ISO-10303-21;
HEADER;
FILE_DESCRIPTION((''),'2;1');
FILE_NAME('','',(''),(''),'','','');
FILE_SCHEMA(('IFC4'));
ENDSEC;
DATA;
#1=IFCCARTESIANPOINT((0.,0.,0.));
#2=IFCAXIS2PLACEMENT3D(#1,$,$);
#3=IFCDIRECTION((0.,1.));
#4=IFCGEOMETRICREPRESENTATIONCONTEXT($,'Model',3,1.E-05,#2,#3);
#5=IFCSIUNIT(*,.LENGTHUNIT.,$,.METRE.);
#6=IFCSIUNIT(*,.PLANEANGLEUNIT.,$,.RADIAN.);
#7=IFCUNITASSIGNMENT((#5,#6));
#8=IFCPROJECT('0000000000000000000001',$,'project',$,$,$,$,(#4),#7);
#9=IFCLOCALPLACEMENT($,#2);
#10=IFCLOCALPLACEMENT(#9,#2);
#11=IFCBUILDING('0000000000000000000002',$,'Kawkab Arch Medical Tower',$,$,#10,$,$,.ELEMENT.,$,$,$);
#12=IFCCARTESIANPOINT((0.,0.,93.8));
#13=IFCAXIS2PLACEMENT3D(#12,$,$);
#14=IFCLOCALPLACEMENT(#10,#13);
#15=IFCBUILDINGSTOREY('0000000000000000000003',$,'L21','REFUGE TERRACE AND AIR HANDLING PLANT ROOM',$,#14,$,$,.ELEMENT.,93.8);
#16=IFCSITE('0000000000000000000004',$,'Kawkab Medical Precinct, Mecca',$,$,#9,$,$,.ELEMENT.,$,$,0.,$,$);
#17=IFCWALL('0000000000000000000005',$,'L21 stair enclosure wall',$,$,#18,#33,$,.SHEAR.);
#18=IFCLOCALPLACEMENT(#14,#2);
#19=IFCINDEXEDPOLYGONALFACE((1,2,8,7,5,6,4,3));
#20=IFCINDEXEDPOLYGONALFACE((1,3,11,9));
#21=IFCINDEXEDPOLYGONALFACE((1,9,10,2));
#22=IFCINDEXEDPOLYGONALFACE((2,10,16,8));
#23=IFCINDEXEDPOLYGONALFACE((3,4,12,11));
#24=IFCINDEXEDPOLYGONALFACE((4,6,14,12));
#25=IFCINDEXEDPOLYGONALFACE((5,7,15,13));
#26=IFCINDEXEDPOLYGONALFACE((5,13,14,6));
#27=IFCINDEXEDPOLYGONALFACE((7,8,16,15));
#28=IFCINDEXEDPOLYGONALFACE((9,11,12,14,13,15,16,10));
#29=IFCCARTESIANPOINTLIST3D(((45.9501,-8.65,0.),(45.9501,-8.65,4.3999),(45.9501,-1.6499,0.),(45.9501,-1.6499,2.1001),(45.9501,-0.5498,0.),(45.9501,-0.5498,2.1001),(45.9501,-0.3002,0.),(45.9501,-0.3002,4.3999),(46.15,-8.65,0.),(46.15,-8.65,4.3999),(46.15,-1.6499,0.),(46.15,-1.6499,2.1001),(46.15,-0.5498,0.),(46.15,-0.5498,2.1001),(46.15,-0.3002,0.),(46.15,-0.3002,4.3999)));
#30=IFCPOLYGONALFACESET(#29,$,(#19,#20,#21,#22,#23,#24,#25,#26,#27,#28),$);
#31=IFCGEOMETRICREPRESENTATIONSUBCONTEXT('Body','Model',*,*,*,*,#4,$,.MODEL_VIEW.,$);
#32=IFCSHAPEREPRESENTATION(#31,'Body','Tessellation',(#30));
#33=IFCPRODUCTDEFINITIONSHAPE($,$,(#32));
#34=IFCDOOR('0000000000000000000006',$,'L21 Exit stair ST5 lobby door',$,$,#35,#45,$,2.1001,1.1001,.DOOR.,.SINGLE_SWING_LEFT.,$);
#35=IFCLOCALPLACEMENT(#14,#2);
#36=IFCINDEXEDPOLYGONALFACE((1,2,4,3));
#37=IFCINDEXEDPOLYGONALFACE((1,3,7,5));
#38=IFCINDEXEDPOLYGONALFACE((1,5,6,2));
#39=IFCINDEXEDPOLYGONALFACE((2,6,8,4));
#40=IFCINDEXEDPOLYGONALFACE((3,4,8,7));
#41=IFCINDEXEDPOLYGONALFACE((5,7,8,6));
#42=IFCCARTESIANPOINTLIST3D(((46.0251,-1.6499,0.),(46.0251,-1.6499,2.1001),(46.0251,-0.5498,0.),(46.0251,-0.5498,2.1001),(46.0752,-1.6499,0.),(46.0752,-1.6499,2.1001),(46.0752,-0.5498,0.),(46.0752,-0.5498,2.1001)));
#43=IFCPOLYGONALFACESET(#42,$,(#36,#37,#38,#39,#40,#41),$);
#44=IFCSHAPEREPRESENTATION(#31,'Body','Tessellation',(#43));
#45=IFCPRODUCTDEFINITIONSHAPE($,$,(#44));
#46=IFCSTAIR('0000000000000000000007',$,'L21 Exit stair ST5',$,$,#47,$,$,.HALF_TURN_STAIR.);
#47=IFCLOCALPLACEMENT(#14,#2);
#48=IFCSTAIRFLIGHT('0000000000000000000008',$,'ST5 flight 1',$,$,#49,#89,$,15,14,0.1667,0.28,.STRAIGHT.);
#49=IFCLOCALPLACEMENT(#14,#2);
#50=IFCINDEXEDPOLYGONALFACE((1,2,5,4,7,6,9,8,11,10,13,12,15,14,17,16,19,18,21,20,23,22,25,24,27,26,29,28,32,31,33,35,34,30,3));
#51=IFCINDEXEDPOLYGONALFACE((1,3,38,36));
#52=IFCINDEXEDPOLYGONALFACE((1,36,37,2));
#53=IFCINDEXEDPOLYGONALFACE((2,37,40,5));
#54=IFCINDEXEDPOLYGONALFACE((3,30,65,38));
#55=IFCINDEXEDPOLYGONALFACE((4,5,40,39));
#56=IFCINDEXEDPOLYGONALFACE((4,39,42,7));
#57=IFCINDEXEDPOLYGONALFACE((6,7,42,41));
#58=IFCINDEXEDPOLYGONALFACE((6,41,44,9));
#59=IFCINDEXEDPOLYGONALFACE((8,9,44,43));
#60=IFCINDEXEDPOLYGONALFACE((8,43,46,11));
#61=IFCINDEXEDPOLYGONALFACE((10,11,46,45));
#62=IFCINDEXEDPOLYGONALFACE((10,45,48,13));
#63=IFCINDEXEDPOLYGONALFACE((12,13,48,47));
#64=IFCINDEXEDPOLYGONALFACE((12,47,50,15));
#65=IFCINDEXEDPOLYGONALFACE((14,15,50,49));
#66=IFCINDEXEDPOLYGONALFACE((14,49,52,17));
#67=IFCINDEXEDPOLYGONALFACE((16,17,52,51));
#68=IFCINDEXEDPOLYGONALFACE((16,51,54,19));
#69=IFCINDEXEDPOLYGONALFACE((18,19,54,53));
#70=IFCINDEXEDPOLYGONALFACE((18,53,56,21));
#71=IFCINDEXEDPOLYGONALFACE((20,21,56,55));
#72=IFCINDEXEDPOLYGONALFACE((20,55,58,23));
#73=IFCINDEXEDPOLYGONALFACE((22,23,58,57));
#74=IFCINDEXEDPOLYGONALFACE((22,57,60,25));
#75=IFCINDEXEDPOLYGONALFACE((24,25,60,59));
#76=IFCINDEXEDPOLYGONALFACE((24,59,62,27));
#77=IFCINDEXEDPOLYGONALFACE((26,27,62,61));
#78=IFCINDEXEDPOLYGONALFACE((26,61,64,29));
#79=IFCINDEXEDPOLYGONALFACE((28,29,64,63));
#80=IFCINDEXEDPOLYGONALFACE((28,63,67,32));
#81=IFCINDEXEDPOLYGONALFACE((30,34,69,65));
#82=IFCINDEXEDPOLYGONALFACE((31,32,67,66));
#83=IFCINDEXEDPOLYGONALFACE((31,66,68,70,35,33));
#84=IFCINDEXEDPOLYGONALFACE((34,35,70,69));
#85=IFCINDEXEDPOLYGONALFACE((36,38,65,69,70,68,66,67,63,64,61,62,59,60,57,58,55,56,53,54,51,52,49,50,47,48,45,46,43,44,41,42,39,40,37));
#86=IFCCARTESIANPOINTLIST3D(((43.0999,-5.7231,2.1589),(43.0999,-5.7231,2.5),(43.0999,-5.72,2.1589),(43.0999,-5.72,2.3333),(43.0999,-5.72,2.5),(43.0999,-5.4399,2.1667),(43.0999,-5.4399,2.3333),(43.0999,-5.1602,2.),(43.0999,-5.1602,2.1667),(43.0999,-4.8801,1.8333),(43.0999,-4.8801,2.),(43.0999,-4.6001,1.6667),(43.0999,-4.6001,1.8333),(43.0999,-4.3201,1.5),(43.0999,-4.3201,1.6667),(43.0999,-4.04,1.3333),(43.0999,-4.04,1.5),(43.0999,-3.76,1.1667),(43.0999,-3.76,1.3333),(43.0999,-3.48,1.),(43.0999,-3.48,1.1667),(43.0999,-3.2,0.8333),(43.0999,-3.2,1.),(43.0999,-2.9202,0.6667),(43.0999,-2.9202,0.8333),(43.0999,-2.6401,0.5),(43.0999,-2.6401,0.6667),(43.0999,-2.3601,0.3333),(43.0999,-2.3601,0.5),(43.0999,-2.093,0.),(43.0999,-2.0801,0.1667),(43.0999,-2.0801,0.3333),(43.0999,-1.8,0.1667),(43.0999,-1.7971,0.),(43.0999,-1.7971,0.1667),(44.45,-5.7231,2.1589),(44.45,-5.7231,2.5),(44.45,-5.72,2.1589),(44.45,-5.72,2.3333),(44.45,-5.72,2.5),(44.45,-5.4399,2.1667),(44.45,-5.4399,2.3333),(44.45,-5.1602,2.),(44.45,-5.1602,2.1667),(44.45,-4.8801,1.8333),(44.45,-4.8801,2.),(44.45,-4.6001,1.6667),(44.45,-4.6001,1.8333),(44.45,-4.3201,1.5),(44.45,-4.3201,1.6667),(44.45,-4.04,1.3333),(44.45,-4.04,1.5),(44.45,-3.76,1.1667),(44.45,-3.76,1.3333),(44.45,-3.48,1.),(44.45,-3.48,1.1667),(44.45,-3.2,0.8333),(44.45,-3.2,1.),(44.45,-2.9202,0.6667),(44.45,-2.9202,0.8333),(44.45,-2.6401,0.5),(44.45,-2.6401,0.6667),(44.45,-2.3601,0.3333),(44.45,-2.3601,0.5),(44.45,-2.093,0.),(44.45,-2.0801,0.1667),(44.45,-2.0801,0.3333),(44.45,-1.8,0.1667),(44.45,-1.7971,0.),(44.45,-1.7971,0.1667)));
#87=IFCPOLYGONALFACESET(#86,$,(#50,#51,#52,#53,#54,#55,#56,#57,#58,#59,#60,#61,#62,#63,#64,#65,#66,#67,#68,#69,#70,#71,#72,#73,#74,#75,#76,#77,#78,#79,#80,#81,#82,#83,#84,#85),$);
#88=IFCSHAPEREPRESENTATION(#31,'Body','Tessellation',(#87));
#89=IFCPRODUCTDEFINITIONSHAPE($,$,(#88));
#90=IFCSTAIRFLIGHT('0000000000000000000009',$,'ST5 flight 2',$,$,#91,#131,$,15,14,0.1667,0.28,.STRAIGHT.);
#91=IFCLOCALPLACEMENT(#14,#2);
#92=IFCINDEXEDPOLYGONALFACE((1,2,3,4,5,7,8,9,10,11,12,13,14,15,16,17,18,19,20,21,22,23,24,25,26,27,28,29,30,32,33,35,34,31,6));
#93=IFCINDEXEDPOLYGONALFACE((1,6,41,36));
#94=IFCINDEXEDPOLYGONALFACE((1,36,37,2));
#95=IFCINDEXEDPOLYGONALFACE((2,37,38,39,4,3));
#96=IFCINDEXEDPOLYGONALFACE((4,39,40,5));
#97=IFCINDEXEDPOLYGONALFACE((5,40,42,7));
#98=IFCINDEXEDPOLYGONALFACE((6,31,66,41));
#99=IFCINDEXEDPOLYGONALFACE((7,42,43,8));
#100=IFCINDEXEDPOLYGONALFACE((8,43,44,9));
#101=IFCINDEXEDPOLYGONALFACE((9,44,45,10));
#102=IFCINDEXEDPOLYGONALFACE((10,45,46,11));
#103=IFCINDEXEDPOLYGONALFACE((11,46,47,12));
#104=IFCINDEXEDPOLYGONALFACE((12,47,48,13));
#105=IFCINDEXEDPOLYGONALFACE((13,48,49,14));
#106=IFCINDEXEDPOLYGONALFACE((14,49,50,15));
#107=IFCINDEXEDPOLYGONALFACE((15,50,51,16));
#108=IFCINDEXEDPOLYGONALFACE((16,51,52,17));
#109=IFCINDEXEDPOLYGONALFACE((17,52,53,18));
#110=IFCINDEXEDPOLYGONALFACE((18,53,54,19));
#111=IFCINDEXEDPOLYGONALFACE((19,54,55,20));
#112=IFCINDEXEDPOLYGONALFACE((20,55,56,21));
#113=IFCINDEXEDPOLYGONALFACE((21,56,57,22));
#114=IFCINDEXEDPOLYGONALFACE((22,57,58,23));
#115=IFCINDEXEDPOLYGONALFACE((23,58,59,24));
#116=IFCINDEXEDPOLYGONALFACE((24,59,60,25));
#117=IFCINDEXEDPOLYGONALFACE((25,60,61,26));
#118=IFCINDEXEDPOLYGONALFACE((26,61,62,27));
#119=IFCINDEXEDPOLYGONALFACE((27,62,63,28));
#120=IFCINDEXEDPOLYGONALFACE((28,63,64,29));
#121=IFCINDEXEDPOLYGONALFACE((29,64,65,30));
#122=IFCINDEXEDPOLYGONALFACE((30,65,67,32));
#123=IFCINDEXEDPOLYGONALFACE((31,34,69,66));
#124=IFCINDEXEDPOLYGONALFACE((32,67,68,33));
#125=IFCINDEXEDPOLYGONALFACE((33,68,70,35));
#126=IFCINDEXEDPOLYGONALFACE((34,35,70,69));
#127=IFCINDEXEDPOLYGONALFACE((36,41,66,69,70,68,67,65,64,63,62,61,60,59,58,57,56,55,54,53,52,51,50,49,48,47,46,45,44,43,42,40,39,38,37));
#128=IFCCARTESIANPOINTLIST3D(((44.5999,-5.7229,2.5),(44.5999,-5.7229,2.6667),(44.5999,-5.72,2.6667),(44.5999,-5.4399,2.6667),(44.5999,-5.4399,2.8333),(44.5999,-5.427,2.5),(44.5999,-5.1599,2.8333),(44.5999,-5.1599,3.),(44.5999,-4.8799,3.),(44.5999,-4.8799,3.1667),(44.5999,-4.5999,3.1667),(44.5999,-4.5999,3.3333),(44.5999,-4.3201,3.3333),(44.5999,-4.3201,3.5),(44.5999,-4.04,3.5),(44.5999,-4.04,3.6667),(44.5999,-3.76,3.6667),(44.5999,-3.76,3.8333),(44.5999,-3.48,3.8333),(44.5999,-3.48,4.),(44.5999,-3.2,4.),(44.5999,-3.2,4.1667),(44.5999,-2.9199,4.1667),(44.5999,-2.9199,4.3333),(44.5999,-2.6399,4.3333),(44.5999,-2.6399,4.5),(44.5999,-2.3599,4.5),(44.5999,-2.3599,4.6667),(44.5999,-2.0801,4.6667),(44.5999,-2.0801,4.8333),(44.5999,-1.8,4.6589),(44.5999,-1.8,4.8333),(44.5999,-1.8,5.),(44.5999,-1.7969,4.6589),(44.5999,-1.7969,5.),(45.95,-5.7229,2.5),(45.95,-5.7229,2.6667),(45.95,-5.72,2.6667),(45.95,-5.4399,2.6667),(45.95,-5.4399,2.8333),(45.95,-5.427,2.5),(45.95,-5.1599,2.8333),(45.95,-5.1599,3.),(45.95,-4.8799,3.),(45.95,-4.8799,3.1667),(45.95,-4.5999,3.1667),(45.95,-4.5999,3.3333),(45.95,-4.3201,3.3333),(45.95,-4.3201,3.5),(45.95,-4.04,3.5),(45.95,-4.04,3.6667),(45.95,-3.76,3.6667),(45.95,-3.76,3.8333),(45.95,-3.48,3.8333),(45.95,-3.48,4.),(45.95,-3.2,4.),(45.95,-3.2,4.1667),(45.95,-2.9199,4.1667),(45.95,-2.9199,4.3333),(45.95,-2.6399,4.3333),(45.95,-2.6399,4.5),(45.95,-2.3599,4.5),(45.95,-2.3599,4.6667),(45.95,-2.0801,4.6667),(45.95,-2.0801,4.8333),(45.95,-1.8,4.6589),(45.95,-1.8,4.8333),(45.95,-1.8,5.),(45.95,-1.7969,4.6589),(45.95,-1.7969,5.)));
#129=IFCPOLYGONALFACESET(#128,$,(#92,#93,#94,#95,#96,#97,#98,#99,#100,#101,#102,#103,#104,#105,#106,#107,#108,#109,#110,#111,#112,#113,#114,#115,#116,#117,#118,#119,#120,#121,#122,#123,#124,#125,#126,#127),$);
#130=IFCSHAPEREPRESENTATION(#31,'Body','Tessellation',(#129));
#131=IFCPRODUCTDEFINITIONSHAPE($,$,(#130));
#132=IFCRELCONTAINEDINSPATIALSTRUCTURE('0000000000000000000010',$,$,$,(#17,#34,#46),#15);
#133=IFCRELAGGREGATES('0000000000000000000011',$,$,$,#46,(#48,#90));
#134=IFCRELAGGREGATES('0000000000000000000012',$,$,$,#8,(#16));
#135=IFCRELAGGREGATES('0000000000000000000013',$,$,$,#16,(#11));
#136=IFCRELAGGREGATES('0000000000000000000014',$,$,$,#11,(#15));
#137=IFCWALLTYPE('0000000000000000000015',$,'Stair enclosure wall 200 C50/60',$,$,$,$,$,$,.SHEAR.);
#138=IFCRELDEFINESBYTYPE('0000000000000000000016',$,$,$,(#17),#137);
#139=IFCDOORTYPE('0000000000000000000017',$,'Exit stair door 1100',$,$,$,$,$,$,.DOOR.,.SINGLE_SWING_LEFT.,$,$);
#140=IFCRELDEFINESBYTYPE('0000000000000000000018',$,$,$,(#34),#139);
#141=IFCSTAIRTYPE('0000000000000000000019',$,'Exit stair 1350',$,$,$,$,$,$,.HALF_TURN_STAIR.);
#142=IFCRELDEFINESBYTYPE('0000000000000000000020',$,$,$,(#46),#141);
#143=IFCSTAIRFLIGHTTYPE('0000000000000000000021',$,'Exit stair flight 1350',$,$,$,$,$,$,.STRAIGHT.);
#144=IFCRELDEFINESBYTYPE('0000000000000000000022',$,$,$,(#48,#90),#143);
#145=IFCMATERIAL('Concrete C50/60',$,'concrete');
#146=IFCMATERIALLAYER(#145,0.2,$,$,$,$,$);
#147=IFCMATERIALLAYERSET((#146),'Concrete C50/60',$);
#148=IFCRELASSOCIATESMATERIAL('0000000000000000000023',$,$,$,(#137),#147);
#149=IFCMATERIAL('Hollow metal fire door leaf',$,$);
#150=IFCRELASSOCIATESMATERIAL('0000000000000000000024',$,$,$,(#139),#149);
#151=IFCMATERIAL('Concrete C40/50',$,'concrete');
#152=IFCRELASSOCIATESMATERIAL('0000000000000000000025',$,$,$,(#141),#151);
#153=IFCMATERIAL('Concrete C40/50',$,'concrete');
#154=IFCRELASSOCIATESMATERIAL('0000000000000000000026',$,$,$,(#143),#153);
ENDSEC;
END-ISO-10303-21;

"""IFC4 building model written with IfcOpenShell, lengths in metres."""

from ifc_helpers import new_model, si_unit, direction, frame, frame_2d, origin, place, context, subcontext, project, spatial, polyline, rectangle, outline, extrude, material, layer, layer_set, type_object, element, fill, aggregate, save


model = new_model("IFC4")

# Units and contexts
model_context = context("Model", 3, precision=1e-05, world=origin(), true_north=direction((0.0, 1.0)))
body_context = subcontext(model_context, "Body", "Model", "MODEL_VIEW")
ifc_project = project(units=[si_unit("LENGTHUNIT", "METRE"), si_unit("PLANEANGLEUNIT", "RADIAN")], contexts=[model_context])

# Site, building, storey
site_placement = place(None, origin())
site = spatial("IfcSite", under=ifc_project, at=site_placement, Name="Kawkab Medical Precinct, Mecca", CompositionType="ELEMENT", RefElevation=0.0)
building_placement = place(site_placement, origin())
building = spatial("IfcBuilding", under=site, at=building_placement, Name="Kawkab Arch Medical Tower", CompositionType="ELEMENT")
storey_placement = place(building_placement, frame((0.0, 0.0, 93.8)))
storey = spatial("IfcBuildingStorey", under=building, at=storey_placement, Name="L21", Description="REFUGE TERRACE AND AIR HANDLING PLANT ROOM", CompositionType="ELEMENT", Elevation=93.8)

# Wall, opening, door
ifc_material_1 = material(Name="Concrete C50/60", Category="concrete")
ifc_layer_1 = layer(ifc_material_1, 0.2)
ifc_layer_set_1 = layer_set([ifc_layer_1], Name="Concrete C50/60")
wall_type_1 = type_object("IfcWallType", Name="Stair enclosure wall 200 C50/60", PredefinedType="SHEAR", material=ifc_layer_set_1)
ifc_material_2 = material(Name="Hollow metal fire door leaf")
door_type_1 = type_object("IfcDoorType", Name="Exit stair door 1100", OperationType="SINGLE_SWING_LEFT", PredefinedType="DOOR", material=ifc_material_2)
wall_1_placement = place(storey_placement, frame((46.05, -8.6499, 0.0), z_axis=(0.0, 0.0, 1.0), x_axis=(0.0, 1.0, 0.0)))
wall_1 = element("IfcWall", 1, at=wall_1_placement, inside=storey, type_object=wall_type_1, Name="L21 stair enclosure wall", PredefinedType="SHEAR", context=body_context, shape_type="SweptSolid", body=[
    extrude(rectangle(XDim=8.3499, YDim=0.2, at=frame_2d((4.1748, 0.0))), origin(), (0.0, 0.0, 1.0), 4.3999),
])
opening_1_placement = place(wall_1_placement, frame((7.0, 0.0, 0.0)))
opening_1 = element("IfcOpeningElement", 2, at=opening_1_placement, cuts=wall_1, PredefinedType="OPENING", context=body_context, shape_type="SweptSolid", body=[
    extrude(rectangle(XDim=1.1001, YDim=2.1001, at=frame_2d((0.55, 1.05))), frame((0.0, 0.1099, 0.0), z_axis=(0.0, -1.0, 0.0), x_axis=(1.0, 0.0, 0.0)), (0.0, 0.0, 1.0), 0.22),
])
door_1_placement = place(opening_1_placement, origin())
door_1 = element("IfcDoor", 3, at=door_1_placement, inside=storey, type_object=door_type_1, Name="L21 Exit stair ST5 lobby door", OperationType="SINGLE_SWING_LEFT", OverallHeight=2.1001, OverallWidth=1.1001, PredefinedType="DOOR", context=body_context, shape_type="SweptSolid", body=[
    extrude(rectangle(XDim=1.1001, YDim=2.1001, at=frame_2d((0.55, 1.05))), frame((0.0, 0.0249, 0.0), z_axis=(0.0, -1.0, 0.0), x_axis=(1.0, 0.0, 0.0)), (0.0, 0.0, 1.0), 0.05),
])
fill(opening_1, door_1)

# Stair, stair flights
ifc_material_3 = material(Name="Concrete C40/50", Category="concrete")
stair_type = type_object("IfcStairType", Name="Exit stair 1350", PredefinedType="HALF_TURN_STAIR", material=ifc_material_3)
stair_placement = place(storey_placement, origin())
stair = element("IfcStair", 4, at=stair_placement, inside=storey, type_object=stair_type, Name="L21 Exit stair ST5", PredefinedType="HALF_TURN_STAIR")
ifc_material_4 = material(Name="Concrete C40/50", Category="concrete")
stair_flight_type = type_object("IfcStairFlightType", Name="Exit stair flight 1350", PredefinedType="STRAIGHT", material=ifc_material_4)
stair_flight_1_placement = place(storey_placement, frame((43.7749, -1.8, 0.0), z_axis=(0.0, 0.0, 1.0), x_axis=(0.0, -1.0, 0.0)))
stair_flight_1 = element("IfcStairFlight", 5, at=stair_flight_1_placement, type_object=stair_flight_type, Name="ST5 flight 1", NumberOfRisers=15, NumberOfTreads=14, PredefinedType="STRAIGHT", RiserHeight=0.1667, TreadLength=0.28, context=body_context, shape_type="SweptSolid", body=[
    extrude(outline(polyline([(-0.0029, 0.0), (-0.0029, 0.1667), (0.0, 0.1667), (0.28, 0.1667), (0.28, 0.3333), (0.5601, 0.3333), (0.5601, 0.5), (0.8401, 0.5), (0.8401, 0.6667), (1.1201, 0.6667), (1.1201, 0.8333), (1.3999, 0.8333), (1.3999, 1.0), (1.6799, 1.0), (1.6799, 1.1667), (1.96, 1.1667), (1.96, 1.3333), (2.24, 1.3333), (2.24, 1.5), (2.52, 1.5), (2.52, 1.6667), (2.8, 1.6667), (2.8, 1.8333), (3.0801, 1.8333), (3.0801, 2.0), (3.3601, 2.0), (3.3601, 2.1667), (3.6399, 2.1667), (3.6399, 2.3333), (3.9199, 2.3333), (3.9199, 2.5), (3.9231, 2.5), (3.9231, 2.1589), (3.9199, 2.1589), (0.293, 0.0), (-0.0029, 0.0)])), frame((0.0, 0.675, 0.0), z_axis=(0.0, -1.0, 0.0), x_axis=(1.0, 0.0, 0.0)), (0.0, 0.0, 1.0), 1.3501),
])
stair_flight_2_placement = place(storey_placement, frame((45.2749, -5.72, 2.5), z_axis=(0.0, 0.0, 1.0), x_axis=(0.0, 1.0, 0.0)))
stair_flight_2 = element("IfcStairFlight", 6, at=stair_flight_2_placement, type_object=stair_flight_type, Name="ST5 flight 2", NumberOfRisers=15, NumberOfTreads=14, PredefinedType="STRAIGHT", RiserHeight=0.1667, TreadLength=0.28, context=body_context, shape_type="SweptSolid", body=[
    extrude(outline(polyline([(-0.0029, 0.0), (-0.0029, 0.1667), (0.0, 0.1667), (0.28, 0.1667), (0.28, 0.3333), (0.5601, 0.3333), (0.5601, 0.5), (0.8401, 0.5), (0.8401, 0.6667), (1.1201, 0.6667), (1.1201, 0.8333), (1.3999, 0.8333), (1.3999, 1.0), (1.6799, 1.0), (1.6799, 1.1667), (1.96, 1.1667), (1.96, 1.3333), (2.24, 1.3333), (2.24, 1.5), (2.52, 1.5), (2.52, 1.6667), (2.8, 1.6667), (2.8, 1.8333), (3.0801, 1.8333), (3.0801, 2.0), (3.3601, 2.0), (3.3601, 2.1667), (3.6399, 2.1667), (3.6399, 2.3333), (3.9199, 2.3333), (3.9199, 2.5), (3.9231, 2.5), (3.9231, 2.1589), (3.9199, 2.1589), (0.293, 0.0), (-0.0029, 0.0)])), frame((0.0, 0.675, 0.0), z_axis=(0.0, -1.0, 0.0), x_axis=(1.0, 0.0, 0.0)), (0.0, 0.0, 1.0), 1.3501),
])
aggregate(stair, [stair_flight_1, stair_flight_2])

save(model, "model.ifc")
